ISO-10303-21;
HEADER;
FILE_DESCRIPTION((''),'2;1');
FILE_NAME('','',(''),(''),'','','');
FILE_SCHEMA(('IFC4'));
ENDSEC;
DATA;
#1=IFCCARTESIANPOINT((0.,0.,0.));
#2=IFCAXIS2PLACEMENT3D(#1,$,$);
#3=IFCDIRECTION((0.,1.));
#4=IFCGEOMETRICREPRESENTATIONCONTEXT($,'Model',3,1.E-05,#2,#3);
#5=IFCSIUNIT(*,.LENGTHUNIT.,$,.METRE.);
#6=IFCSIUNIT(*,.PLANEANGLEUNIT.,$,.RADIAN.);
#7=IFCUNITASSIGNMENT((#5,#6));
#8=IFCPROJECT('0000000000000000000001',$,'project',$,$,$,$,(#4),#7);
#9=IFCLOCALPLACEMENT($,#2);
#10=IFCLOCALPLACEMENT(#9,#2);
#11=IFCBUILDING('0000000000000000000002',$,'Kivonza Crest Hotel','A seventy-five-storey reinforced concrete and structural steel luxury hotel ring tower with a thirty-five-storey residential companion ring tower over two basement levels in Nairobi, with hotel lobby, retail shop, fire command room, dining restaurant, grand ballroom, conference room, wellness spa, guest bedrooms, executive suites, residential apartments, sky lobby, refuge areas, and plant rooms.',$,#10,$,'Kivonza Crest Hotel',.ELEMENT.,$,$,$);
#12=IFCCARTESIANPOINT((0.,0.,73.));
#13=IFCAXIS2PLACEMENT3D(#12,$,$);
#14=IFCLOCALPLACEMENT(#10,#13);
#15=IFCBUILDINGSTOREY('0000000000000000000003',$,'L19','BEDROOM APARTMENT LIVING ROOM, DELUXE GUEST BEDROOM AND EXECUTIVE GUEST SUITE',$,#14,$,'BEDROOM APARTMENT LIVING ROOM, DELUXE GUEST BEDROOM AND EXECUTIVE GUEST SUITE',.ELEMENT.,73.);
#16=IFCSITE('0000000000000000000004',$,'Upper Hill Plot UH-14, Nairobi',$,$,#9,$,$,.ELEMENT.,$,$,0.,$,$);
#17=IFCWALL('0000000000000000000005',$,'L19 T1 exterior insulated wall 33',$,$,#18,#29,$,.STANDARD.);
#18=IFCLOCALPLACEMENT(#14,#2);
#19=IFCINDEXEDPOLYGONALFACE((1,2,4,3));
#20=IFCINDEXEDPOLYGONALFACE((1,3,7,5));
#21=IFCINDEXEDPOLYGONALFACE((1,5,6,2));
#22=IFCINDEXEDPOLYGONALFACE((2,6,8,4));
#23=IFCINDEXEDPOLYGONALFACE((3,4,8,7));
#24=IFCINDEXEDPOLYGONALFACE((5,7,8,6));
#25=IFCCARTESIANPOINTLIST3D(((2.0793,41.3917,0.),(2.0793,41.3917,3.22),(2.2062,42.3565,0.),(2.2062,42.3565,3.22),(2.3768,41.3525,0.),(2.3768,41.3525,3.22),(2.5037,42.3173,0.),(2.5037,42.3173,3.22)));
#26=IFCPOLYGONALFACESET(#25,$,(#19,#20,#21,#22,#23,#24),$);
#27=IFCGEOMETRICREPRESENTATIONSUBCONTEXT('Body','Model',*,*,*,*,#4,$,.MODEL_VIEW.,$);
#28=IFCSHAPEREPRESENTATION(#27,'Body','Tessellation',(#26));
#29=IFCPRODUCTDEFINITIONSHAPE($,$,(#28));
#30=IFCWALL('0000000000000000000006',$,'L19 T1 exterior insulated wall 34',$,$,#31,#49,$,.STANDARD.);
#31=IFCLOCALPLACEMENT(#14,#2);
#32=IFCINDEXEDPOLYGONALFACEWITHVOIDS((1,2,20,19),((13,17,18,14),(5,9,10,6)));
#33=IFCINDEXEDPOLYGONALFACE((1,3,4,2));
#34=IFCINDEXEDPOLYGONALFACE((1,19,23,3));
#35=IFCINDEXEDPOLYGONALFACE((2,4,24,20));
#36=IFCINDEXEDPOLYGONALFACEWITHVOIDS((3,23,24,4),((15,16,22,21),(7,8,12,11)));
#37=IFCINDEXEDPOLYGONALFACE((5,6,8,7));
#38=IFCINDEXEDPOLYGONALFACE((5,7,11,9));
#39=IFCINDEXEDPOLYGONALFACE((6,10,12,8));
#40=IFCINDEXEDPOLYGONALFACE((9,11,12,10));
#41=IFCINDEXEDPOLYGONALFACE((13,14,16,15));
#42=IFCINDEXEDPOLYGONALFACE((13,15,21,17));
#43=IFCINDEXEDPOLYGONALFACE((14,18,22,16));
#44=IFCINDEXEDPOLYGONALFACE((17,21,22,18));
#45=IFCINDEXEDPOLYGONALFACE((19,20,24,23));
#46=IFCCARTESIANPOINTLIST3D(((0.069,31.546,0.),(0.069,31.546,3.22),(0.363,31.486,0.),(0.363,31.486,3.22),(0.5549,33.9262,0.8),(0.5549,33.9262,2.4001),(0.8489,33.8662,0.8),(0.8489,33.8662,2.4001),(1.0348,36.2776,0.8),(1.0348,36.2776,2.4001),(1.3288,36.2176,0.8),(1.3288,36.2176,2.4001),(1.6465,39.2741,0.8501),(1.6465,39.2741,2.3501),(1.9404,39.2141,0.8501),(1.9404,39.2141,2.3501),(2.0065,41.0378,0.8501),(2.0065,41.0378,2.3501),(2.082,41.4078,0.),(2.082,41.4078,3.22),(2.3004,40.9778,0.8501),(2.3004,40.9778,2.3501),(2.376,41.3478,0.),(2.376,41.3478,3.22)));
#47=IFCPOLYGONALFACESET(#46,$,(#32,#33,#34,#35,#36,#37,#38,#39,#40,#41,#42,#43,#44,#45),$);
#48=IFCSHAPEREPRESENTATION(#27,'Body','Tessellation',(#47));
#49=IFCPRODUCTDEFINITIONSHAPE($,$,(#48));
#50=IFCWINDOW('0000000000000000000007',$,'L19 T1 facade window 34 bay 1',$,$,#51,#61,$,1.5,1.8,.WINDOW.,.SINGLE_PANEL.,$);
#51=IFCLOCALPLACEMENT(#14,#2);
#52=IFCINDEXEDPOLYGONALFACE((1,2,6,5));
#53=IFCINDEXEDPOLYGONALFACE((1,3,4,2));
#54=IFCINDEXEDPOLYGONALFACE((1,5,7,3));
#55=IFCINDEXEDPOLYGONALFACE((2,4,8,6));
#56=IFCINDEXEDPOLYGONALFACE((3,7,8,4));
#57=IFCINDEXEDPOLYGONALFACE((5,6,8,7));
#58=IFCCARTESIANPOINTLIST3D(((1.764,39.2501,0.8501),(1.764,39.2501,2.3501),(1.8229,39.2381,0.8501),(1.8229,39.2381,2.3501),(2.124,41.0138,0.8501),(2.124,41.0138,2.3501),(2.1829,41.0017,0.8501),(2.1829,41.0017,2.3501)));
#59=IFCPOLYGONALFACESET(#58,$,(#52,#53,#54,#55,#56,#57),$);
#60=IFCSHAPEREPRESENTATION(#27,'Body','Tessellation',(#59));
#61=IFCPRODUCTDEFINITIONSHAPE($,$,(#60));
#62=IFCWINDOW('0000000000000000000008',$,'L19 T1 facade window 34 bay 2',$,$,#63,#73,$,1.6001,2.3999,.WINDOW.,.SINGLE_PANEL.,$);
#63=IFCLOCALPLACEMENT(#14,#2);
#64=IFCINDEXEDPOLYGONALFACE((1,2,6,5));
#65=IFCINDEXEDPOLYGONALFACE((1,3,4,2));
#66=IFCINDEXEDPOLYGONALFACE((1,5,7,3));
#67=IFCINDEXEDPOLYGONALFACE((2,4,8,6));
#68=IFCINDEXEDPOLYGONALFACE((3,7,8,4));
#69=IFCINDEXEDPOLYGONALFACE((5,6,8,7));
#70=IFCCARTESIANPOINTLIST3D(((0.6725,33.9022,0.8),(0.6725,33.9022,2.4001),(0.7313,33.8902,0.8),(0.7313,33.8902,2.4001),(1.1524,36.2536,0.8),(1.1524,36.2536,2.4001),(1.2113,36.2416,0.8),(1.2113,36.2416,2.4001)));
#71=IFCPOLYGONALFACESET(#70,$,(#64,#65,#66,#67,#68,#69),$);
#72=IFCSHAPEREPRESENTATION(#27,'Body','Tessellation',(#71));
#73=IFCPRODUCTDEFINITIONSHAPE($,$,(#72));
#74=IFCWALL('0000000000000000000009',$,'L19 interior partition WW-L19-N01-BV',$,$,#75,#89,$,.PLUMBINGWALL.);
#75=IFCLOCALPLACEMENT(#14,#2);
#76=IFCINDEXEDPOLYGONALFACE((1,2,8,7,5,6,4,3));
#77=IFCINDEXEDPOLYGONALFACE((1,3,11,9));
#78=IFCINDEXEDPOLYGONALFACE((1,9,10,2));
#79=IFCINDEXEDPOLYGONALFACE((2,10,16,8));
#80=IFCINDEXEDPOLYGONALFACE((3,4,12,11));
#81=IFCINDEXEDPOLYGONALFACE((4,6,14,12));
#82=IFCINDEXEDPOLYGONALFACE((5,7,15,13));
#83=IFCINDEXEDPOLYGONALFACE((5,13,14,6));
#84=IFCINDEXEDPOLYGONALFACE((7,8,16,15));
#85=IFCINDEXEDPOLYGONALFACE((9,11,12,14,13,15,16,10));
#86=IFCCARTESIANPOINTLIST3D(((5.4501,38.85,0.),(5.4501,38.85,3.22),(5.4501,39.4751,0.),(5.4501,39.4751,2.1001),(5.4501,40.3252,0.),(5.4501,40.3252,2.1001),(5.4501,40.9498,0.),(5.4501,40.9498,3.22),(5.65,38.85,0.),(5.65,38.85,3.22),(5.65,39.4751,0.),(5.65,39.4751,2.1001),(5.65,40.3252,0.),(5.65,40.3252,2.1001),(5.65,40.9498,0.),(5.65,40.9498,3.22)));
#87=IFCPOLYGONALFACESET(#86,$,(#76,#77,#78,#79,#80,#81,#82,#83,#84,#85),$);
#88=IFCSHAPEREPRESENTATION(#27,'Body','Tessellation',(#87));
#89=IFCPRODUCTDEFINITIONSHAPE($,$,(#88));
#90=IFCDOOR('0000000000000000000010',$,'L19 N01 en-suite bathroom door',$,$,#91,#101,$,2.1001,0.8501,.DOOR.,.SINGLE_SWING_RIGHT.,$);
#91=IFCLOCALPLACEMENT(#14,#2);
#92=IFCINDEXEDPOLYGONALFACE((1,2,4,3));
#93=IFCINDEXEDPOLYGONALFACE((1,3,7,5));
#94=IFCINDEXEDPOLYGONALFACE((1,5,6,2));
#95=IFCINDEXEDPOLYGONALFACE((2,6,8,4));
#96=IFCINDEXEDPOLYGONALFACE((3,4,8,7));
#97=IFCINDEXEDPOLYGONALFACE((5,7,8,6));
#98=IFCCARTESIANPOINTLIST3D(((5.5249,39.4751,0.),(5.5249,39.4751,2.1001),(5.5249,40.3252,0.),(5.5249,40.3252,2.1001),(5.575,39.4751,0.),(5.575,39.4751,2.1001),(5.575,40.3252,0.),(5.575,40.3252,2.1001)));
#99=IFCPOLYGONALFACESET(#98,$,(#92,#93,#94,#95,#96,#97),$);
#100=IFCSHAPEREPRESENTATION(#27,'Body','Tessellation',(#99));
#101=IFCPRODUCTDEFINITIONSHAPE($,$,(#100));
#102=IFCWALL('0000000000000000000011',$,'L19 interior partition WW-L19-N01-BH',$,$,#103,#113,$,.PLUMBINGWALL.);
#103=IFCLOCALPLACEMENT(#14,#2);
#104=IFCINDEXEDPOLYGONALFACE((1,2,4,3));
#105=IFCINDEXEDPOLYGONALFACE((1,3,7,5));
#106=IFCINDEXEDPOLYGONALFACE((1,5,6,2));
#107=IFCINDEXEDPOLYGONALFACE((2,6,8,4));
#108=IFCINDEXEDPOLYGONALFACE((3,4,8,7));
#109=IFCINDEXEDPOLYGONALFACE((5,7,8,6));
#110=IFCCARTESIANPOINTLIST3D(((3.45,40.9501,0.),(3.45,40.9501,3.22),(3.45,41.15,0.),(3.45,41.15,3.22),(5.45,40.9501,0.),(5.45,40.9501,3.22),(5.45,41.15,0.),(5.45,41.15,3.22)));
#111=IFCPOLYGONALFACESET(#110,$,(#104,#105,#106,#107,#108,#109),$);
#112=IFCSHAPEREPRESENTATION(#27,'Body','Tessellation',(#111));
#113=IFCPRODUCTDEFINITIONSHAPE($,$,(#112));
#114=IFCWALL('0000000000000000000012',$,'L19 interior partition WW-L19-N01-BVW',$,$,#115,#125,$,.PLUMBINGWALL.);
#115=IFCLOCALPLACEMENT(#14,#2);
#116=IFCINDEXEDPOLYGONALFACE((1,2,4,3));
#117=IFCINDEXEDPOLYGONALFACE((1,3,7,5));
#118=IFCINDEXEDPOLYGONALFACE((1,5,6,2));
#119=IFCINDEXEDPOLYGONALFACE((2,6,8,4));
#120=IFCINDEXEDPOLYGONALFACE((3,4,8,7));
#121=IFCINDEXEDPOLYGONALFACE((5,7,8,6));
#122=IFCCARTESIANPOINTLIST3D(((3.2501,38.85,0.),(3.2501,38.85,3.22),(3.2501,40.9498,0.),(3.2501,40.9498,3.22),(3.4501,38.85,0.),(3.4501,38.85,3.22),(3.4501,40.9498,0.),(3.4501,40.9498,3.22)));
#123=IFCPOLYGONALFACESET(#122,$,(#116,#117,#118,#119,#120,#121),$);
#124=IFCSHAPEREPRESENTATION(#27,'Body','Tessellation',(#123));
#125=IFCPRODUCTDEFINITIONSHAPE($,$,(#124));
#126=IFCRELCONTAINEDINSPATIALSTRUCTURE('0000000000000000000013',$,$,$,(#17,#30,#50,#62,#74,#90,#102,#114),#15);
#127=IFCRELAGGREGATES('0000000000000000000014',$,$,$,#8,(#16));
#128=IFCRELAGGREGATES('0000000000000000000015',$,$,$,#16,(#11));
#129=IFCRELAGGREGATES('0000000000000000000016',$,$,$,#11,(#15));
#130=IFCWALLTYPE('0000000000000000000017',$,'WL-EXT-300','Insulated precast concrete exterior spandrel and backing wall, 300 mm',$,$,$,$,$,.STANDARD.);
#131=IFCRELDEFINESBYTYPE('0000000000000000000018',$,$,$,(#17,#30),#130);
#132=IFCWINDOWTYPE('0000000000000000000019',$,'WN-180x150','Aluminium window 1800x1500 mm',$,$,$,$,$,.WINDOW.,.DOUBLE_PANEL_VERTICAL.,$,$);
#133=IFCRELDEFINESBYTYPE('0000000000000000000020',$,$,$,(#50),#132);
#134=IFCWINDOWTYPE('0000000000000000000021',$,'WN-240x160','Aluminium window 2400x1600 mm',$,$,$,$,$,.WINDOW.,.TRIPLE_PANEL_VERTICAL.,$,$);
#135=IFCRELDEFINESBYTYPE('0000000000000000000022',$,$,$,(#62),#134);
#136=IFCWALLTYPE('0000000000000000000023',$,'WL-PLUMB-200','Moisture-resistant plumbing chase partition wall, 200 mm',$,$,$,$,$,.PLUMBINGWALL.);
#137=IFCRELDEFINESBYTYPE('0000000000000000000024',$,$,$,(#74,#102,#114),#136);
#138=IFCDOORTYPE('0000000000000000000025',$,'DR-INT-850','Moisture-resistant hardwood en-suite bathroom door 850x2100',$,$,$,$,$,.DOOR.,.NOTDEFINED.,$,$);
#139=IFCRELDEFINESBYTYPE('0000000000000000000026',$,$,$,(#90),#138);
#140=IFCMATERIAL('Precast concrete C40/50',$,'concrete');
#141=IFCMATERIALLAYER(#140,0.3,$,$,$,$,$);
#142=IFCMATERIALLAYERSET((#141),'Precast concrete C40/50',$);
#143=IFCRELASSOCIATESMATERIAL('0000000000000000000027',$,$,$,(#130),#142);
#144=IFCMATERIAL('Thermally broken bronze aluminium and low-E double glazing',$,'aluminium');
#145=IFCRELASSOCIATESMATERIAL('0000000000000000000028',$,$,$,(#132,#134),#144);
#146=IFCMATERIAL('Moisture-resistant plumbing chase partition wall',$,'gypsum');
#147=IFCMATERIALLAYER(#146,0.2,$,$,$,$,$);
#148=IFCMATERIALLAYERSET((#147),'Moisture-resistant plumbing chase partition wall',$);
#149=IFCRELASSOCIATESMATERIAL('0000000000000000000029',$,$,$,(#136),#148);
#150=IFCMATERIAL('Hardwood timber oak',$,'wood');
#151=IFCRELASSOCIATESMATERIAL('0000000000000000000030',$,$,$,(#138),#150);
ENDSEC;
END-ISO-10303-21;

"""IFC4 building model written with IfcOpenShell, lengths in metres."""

from ifc_helpers import new_model, si_unit, direction, frame, frame_2d, origin, place, context, subcontext, project, spatial, rectangle, extrude, material, layer, layer_set, type_object, element, fill, save


model = new_model("IFC4")

# Units and contexts
model_context = context("Model", 3, precision=1e-05, world=origin(), true_north=direction((0.0, 1.0)))
body_context = subcontext(model_context, "Body", "Model", "MODEL_VIEW")
ifc_project = project(units=[si_unit("LENGTHUNIT", "METRE"), si_unit("PLANEANGLEUNIT", "RADIAN")], contexts=[model_context])

# Site, building, storey
site_placement = place(None, origin())
site = spatial("IfcSite", under=ifc_project, at=site_placement, Name="Upper Hill Plot UH-14, Nairobi", CompositionType="ELEMENT", RefElevation=0.0)
building_placement = place(site_placement, origin())
building = spatial("IfcBuilding", under=site, at=building_placement, Name="Kivonza Crest Hotel", Description="A seventy-five-storey reinforced concrete and structural steel luxury hotel ring tower with a thirty-five-storey residential companion ring tower over two basement levels in Nairobi, with hotel lobby, retail shop, fire command room, dining restaurant, grand ballroom, conference room, wellness spa, guest bedrooms, executive suites, residential apartments, sky lobby, refuge areas, and plant rooms.", LongName="Kivonza Crest Hotel", CompositionType="ELEMENT")
storey_placement = place(building_placement, frame((0.0, 0.0, 73.0)))
storey = spatial("IfcBuildingStorey", under=building, at=storey_placement, Name="L19", Description="BEDROOM APARTMENT LIVING ROOM, DELUXE GUEST BEDROOM AND EXECUTIVE GUEST SUITE", LongName="BEDROOM APARTMENT LIVING ROOM, DELUXE GUEST BEDROOM AND EXECUTIVE GUEST SUITE", CompositionType="ELEMENT", Elevation=73.0)

# Shared definitions
ifc_material_1 = material(Name="Hardwood timber oak", Category="wood")

# Wall
ifc_material_2 = material(Name="Precast concrete C40/50", Category="concrete")
ifc_layer_1 = layer(ifc_material_2, 0.3)
ifc_layer_set_1 = layer_set([ifc_layer_1], Name="Precast concrete C40/50")
wall_type_1 = type_object("IfcWallType", Name="WL-EXT-300", Description="Insulated precast concrete exterior spandrel and backing wall, 300 mm", PredefinedType="STANDARD", material=ifc_layer_set_1)
wall_1_placement = place(storey_placement, frame((2.355, 42.3369, 0.0), z_axis=(0.0, 0.0, 1.0), x_axis=(-0.130455, -0.991454, 0.0)))
element("IfcWall", 1, at=wall_1_placement, inside=storey, type_object=wall_type_1, Name="L19 T1 exterior insulated wall 33", PredefinedType="STANDARD", context=body_context, shape_type="SweptSolid", body=[
    extrude(rectangle(XDim=0.9731, YDim=0.3, at=frame_2d((0.4866, 0.0))), origin(), (0.0, 0.0, 1.0), 3.22),
])

# Wall, openings, windows
wall_2_placement = place(storey_placement, frame((2.229, 41.3779, 0.0), z_axis=(0.0, 0.0, 1.0), x_axis=(-0.199991, -0.979798, 0.0)))
wall_2 = element("IfcWall", 2, at=wall_2_placement, inside=storey, type_object=wall_type_1, Name="L19 T1 exterior insulated wall 34", PredefinedType="STANDARD", context=body_context, shape_type="SweptSolid", body=[
    extrude(rectangle(XDim=10.0652, YDim=0.3, at=frame_2d((5.0327, 0.0))), origin(), (0.0, 0.0, 1.0), 3.22),
])
opening_1_placement = place(wall_2_placement, frame((0.3779, 0.0, 0.8501)))
opening_1 = element("IfcOpeningElement", 3, at=opening_1_placement, cuts=wall_2, PredefinedType="OPENING", context=body_context, shape_type="SweptSolid", body=[
    extrude(rectangle(XDim=1.8, YDim=1.5, at=frame_2d((0.8999, 0.75))), frame((0.0, 0.1602, 0.0), z_axis=(0.0, -1.0, 0.0), x_axis=(1.0, 0.0, 0.0)), (0.0, 0.0, 1.0), 0.3201),
])
opening_2_placement = place(wall_2_placement, frame((5.2361, 0.0, 0.8)))
opening_2 = element("IfcOpeningElement", 4, at=opening_2_placement, cuts=wall_2, PredefinedType="OPENING", context=body_context, shape_type="SweptSolid", body=[
    extrude(rectangle(XDim=2.3999, YDim=1.6001, at=frame_2d((1.2, 0.8))), frame((0.0, 0.1602, 0.0), z_axis=(0.0, -1.0, 0.0), x_axis=(1.0, 0.0, 0.0)), (0.0, 0.0, 1.0), 0.3201),
])
ifc_material_3 = material(Name="Thermally broken bronze aluminium and low-E double glazing", Category="aluminium")
window_type_1 = type_object("IfcWindowType", Name="WN-180x150", Description="Aluminium window 1800x1500 mm", PartitioningType="DOUBLE_PANEL_VERTICAL", PredefinedType="WINDOW", material=ifc_material_3)
window_1_placement = place(opening_1_placement, origin())
window_1 = element("IfcWindow", 5, at=window_1_placement, inside=storey, type_object=window_type_1, Name="L19 T1 facade window 34 bay 1", OverallHeight=1.5, OverallWidth=1.8, PartitioningType="SINGLE_PANEL", PredefinedType="WINDOW", context=body_context, shape_type="SweptSolid", body=[
    extrude(rectangle(XDim=1.8, YDim=1.5, at=frame_2d((0.8999, 0.75))), frame((0.0, 0.03, 0.0), z_axis=(0.0, -1.0, 0.0), x_axis=(1.0, 0.0, 0.0)), (0.0, 0.0, 1.0), 0.0601),
])
fill(opening_1, window_1)
window_type_2 = type_object("IfcWindowType", Name="WN-240x160", Description="Aluminium window 2400x1600 mm", PartitioningType="TRIPLE_PANEL_VERTICAL", PredefinedType="WINDOW", material=ifc_material_3)
window_2_placement = place(opening_2_placement, origin())
window_2 = element("IfcWindow", 6, at=window_2_placement, inside=storey, type_object=window_type_2, Name="L19 T1 facade window 34 bay 2", OverallHeight=1.6001, OverallWidth=2.3999, PartitioningType="SINGLE_PANEL", PredefinedType="WINDOW", context=body_context, shape_type="SweptSolid", body=[
    extrude(rectangle(XDim=2.3999, YDim=1.6001, at=frame_2d((1.2, 0.8))), frame((0.0, 0.03, 0.0), z_axis=(0.0, -1.0, 0.0), x_axis=(1.0, 0.0, 0.0)), (0.0, 0.0, 1.0), 0.0601),
])
fill(opening_2, window_2)

# Wall, opening, door
ifc_material_4 = material(Name="Moisture-resistant plumbing chase partition wall", Category="gypsum")
ifc_layer_2 = layer(ifc_material_4, 0.2)
ifc_layer_set_2 = layer_set([ifc_layer_2], Name="Moisture-resistant plumbing chase partition wall")
wall_type_2 = type_object("IfcWallType", Name="WL-PLUMB-200", Description="Moisture-resistant plumbing chase partition wall, 200 mm", PredefinedType="PLUMBINGWALL", material=ifc_layer_set_2)
wall_3_placement = place(storey_placement, frame((5.55, 38.8501, 0.0), z_axis=(0.0, 0.0, 1.0), x_axis=(0.0, 1.0, 0.0)))
wall_3 = element("IfcWall", 7, at=wall_3_placement, inside=storey, type_object=wall_type_2, Name="L19 interior partition WW-L19-N01-BV", PredefinedType="PLUMBINGWALL", context=body_context, shape_type="SweptSolid", body=[
    extrude(rectangle(XDim=2.0999, YDim=0.2, at=frame_2d((1.0498, 0.0))), origin(), (0.0, 0.0, 1.0), 3.22),
])
opening_3_placement = place(wall_3_placement, frame((0.625, 0.0, 0.0)))
opening_3 = element("IfcOpeningElement", 8, at=opening_3_placement, cuts=wall_3, PredefinedType="OPENING", context=body_context, shape_type="SweptSolid", body=[
    extrude(rectangle(XDim=0.8501, YDim=2.1001, at=frame_2d((0.425, 1.05))), frame((0.0, 0.1099, 0.0), z_axis=(0.0, -1.0, 0.0), x_axis=(1.0, 0.0, 0.0)), (0.0, 0.0, 1.0), 0.22),
])
door_type_1 = type_object("IfcDoorType", Name="DR-INT-850", Description="Moisture-resistant hardwood en-suite bathroom door 850x2100", OperationType="NOTDEFINED", PredefinedType="DOOR", material=ifc_material_1)
door_1_placement = place(opening_3_placement, frame((0.8501, 0.0, 0.0), z_axis=(0.0, 0.0, 1.0), x_axis=(-1.0, 0.0, 0.0)))
door_1 = element("IfcDoor", 9, at=door_1_placement, inside=storey, type_object=door_type_1, Name="L19 N01 en-suite bathroom door", OperationType="SINGLE_SWING_RIGHT", OverallHeight=2.1001, OverallWidth=0.8501, PredefinedType="DOOR", context=body_context, shape_type="SweptSolid", body=[
    extrude(rectangle(XDim=0.8501, YDim=2.1001, at=frame_2d((0.425, 1.05))), frame((0.0, 0.0249, 0.0), z_axis=(0.0, -1.0, 0.0), x_axis=(1.0, 0.0, 0.0)), (0.0, 0.0, 1.0), 0.05),
])
fill(opening_3, door_1)

# Walls
wall_4_placement = place(storey_placement, frame((3.45, 41.05, 0.0), z_axis=(0.0, 0.0, 1.0), x_axis=(1.0, 0.0, 0.0)))
element("IfcWall", 10, at=wall_4_placement, inside=storey, type_object=wall_type_2, Name="L19 interior partition WW-L19-N01-BH", PredefinedType="PLUMBINGWALL", context=body_context, shape_type="SweptSolid", body=[
    extrude(rectangle(XDim=2.0, YDim=0.2, at=frame_2d((1.0, 0.0))), origin(), (0.0, 0.0, 1.0), 3.22),
])
wall_5_placement = place(storey_placement, frame((3.3501, 38.8501, 0.0), z_axis=(0.0, 0.0, 1.0), x_axis=(0.0, 1.0, 0.0)))
element("IfcWall", 11, at=wall_5_placement, inside=storey, type_object=wall_type_2, Name="L19 interior partition WW-L19-N01-BVW", PredefinedType="PLUMBINGWALL", context=body_context, shape_type="SweptSolid", body=[
    extrude(rectangle(XDim=2.0999, YDim=0.2, at=frame_2d((1.0498, 0.0))), origin(), (0.0, 0.0, 1.0), 3.22),
])

save(model, "model.ifc")
